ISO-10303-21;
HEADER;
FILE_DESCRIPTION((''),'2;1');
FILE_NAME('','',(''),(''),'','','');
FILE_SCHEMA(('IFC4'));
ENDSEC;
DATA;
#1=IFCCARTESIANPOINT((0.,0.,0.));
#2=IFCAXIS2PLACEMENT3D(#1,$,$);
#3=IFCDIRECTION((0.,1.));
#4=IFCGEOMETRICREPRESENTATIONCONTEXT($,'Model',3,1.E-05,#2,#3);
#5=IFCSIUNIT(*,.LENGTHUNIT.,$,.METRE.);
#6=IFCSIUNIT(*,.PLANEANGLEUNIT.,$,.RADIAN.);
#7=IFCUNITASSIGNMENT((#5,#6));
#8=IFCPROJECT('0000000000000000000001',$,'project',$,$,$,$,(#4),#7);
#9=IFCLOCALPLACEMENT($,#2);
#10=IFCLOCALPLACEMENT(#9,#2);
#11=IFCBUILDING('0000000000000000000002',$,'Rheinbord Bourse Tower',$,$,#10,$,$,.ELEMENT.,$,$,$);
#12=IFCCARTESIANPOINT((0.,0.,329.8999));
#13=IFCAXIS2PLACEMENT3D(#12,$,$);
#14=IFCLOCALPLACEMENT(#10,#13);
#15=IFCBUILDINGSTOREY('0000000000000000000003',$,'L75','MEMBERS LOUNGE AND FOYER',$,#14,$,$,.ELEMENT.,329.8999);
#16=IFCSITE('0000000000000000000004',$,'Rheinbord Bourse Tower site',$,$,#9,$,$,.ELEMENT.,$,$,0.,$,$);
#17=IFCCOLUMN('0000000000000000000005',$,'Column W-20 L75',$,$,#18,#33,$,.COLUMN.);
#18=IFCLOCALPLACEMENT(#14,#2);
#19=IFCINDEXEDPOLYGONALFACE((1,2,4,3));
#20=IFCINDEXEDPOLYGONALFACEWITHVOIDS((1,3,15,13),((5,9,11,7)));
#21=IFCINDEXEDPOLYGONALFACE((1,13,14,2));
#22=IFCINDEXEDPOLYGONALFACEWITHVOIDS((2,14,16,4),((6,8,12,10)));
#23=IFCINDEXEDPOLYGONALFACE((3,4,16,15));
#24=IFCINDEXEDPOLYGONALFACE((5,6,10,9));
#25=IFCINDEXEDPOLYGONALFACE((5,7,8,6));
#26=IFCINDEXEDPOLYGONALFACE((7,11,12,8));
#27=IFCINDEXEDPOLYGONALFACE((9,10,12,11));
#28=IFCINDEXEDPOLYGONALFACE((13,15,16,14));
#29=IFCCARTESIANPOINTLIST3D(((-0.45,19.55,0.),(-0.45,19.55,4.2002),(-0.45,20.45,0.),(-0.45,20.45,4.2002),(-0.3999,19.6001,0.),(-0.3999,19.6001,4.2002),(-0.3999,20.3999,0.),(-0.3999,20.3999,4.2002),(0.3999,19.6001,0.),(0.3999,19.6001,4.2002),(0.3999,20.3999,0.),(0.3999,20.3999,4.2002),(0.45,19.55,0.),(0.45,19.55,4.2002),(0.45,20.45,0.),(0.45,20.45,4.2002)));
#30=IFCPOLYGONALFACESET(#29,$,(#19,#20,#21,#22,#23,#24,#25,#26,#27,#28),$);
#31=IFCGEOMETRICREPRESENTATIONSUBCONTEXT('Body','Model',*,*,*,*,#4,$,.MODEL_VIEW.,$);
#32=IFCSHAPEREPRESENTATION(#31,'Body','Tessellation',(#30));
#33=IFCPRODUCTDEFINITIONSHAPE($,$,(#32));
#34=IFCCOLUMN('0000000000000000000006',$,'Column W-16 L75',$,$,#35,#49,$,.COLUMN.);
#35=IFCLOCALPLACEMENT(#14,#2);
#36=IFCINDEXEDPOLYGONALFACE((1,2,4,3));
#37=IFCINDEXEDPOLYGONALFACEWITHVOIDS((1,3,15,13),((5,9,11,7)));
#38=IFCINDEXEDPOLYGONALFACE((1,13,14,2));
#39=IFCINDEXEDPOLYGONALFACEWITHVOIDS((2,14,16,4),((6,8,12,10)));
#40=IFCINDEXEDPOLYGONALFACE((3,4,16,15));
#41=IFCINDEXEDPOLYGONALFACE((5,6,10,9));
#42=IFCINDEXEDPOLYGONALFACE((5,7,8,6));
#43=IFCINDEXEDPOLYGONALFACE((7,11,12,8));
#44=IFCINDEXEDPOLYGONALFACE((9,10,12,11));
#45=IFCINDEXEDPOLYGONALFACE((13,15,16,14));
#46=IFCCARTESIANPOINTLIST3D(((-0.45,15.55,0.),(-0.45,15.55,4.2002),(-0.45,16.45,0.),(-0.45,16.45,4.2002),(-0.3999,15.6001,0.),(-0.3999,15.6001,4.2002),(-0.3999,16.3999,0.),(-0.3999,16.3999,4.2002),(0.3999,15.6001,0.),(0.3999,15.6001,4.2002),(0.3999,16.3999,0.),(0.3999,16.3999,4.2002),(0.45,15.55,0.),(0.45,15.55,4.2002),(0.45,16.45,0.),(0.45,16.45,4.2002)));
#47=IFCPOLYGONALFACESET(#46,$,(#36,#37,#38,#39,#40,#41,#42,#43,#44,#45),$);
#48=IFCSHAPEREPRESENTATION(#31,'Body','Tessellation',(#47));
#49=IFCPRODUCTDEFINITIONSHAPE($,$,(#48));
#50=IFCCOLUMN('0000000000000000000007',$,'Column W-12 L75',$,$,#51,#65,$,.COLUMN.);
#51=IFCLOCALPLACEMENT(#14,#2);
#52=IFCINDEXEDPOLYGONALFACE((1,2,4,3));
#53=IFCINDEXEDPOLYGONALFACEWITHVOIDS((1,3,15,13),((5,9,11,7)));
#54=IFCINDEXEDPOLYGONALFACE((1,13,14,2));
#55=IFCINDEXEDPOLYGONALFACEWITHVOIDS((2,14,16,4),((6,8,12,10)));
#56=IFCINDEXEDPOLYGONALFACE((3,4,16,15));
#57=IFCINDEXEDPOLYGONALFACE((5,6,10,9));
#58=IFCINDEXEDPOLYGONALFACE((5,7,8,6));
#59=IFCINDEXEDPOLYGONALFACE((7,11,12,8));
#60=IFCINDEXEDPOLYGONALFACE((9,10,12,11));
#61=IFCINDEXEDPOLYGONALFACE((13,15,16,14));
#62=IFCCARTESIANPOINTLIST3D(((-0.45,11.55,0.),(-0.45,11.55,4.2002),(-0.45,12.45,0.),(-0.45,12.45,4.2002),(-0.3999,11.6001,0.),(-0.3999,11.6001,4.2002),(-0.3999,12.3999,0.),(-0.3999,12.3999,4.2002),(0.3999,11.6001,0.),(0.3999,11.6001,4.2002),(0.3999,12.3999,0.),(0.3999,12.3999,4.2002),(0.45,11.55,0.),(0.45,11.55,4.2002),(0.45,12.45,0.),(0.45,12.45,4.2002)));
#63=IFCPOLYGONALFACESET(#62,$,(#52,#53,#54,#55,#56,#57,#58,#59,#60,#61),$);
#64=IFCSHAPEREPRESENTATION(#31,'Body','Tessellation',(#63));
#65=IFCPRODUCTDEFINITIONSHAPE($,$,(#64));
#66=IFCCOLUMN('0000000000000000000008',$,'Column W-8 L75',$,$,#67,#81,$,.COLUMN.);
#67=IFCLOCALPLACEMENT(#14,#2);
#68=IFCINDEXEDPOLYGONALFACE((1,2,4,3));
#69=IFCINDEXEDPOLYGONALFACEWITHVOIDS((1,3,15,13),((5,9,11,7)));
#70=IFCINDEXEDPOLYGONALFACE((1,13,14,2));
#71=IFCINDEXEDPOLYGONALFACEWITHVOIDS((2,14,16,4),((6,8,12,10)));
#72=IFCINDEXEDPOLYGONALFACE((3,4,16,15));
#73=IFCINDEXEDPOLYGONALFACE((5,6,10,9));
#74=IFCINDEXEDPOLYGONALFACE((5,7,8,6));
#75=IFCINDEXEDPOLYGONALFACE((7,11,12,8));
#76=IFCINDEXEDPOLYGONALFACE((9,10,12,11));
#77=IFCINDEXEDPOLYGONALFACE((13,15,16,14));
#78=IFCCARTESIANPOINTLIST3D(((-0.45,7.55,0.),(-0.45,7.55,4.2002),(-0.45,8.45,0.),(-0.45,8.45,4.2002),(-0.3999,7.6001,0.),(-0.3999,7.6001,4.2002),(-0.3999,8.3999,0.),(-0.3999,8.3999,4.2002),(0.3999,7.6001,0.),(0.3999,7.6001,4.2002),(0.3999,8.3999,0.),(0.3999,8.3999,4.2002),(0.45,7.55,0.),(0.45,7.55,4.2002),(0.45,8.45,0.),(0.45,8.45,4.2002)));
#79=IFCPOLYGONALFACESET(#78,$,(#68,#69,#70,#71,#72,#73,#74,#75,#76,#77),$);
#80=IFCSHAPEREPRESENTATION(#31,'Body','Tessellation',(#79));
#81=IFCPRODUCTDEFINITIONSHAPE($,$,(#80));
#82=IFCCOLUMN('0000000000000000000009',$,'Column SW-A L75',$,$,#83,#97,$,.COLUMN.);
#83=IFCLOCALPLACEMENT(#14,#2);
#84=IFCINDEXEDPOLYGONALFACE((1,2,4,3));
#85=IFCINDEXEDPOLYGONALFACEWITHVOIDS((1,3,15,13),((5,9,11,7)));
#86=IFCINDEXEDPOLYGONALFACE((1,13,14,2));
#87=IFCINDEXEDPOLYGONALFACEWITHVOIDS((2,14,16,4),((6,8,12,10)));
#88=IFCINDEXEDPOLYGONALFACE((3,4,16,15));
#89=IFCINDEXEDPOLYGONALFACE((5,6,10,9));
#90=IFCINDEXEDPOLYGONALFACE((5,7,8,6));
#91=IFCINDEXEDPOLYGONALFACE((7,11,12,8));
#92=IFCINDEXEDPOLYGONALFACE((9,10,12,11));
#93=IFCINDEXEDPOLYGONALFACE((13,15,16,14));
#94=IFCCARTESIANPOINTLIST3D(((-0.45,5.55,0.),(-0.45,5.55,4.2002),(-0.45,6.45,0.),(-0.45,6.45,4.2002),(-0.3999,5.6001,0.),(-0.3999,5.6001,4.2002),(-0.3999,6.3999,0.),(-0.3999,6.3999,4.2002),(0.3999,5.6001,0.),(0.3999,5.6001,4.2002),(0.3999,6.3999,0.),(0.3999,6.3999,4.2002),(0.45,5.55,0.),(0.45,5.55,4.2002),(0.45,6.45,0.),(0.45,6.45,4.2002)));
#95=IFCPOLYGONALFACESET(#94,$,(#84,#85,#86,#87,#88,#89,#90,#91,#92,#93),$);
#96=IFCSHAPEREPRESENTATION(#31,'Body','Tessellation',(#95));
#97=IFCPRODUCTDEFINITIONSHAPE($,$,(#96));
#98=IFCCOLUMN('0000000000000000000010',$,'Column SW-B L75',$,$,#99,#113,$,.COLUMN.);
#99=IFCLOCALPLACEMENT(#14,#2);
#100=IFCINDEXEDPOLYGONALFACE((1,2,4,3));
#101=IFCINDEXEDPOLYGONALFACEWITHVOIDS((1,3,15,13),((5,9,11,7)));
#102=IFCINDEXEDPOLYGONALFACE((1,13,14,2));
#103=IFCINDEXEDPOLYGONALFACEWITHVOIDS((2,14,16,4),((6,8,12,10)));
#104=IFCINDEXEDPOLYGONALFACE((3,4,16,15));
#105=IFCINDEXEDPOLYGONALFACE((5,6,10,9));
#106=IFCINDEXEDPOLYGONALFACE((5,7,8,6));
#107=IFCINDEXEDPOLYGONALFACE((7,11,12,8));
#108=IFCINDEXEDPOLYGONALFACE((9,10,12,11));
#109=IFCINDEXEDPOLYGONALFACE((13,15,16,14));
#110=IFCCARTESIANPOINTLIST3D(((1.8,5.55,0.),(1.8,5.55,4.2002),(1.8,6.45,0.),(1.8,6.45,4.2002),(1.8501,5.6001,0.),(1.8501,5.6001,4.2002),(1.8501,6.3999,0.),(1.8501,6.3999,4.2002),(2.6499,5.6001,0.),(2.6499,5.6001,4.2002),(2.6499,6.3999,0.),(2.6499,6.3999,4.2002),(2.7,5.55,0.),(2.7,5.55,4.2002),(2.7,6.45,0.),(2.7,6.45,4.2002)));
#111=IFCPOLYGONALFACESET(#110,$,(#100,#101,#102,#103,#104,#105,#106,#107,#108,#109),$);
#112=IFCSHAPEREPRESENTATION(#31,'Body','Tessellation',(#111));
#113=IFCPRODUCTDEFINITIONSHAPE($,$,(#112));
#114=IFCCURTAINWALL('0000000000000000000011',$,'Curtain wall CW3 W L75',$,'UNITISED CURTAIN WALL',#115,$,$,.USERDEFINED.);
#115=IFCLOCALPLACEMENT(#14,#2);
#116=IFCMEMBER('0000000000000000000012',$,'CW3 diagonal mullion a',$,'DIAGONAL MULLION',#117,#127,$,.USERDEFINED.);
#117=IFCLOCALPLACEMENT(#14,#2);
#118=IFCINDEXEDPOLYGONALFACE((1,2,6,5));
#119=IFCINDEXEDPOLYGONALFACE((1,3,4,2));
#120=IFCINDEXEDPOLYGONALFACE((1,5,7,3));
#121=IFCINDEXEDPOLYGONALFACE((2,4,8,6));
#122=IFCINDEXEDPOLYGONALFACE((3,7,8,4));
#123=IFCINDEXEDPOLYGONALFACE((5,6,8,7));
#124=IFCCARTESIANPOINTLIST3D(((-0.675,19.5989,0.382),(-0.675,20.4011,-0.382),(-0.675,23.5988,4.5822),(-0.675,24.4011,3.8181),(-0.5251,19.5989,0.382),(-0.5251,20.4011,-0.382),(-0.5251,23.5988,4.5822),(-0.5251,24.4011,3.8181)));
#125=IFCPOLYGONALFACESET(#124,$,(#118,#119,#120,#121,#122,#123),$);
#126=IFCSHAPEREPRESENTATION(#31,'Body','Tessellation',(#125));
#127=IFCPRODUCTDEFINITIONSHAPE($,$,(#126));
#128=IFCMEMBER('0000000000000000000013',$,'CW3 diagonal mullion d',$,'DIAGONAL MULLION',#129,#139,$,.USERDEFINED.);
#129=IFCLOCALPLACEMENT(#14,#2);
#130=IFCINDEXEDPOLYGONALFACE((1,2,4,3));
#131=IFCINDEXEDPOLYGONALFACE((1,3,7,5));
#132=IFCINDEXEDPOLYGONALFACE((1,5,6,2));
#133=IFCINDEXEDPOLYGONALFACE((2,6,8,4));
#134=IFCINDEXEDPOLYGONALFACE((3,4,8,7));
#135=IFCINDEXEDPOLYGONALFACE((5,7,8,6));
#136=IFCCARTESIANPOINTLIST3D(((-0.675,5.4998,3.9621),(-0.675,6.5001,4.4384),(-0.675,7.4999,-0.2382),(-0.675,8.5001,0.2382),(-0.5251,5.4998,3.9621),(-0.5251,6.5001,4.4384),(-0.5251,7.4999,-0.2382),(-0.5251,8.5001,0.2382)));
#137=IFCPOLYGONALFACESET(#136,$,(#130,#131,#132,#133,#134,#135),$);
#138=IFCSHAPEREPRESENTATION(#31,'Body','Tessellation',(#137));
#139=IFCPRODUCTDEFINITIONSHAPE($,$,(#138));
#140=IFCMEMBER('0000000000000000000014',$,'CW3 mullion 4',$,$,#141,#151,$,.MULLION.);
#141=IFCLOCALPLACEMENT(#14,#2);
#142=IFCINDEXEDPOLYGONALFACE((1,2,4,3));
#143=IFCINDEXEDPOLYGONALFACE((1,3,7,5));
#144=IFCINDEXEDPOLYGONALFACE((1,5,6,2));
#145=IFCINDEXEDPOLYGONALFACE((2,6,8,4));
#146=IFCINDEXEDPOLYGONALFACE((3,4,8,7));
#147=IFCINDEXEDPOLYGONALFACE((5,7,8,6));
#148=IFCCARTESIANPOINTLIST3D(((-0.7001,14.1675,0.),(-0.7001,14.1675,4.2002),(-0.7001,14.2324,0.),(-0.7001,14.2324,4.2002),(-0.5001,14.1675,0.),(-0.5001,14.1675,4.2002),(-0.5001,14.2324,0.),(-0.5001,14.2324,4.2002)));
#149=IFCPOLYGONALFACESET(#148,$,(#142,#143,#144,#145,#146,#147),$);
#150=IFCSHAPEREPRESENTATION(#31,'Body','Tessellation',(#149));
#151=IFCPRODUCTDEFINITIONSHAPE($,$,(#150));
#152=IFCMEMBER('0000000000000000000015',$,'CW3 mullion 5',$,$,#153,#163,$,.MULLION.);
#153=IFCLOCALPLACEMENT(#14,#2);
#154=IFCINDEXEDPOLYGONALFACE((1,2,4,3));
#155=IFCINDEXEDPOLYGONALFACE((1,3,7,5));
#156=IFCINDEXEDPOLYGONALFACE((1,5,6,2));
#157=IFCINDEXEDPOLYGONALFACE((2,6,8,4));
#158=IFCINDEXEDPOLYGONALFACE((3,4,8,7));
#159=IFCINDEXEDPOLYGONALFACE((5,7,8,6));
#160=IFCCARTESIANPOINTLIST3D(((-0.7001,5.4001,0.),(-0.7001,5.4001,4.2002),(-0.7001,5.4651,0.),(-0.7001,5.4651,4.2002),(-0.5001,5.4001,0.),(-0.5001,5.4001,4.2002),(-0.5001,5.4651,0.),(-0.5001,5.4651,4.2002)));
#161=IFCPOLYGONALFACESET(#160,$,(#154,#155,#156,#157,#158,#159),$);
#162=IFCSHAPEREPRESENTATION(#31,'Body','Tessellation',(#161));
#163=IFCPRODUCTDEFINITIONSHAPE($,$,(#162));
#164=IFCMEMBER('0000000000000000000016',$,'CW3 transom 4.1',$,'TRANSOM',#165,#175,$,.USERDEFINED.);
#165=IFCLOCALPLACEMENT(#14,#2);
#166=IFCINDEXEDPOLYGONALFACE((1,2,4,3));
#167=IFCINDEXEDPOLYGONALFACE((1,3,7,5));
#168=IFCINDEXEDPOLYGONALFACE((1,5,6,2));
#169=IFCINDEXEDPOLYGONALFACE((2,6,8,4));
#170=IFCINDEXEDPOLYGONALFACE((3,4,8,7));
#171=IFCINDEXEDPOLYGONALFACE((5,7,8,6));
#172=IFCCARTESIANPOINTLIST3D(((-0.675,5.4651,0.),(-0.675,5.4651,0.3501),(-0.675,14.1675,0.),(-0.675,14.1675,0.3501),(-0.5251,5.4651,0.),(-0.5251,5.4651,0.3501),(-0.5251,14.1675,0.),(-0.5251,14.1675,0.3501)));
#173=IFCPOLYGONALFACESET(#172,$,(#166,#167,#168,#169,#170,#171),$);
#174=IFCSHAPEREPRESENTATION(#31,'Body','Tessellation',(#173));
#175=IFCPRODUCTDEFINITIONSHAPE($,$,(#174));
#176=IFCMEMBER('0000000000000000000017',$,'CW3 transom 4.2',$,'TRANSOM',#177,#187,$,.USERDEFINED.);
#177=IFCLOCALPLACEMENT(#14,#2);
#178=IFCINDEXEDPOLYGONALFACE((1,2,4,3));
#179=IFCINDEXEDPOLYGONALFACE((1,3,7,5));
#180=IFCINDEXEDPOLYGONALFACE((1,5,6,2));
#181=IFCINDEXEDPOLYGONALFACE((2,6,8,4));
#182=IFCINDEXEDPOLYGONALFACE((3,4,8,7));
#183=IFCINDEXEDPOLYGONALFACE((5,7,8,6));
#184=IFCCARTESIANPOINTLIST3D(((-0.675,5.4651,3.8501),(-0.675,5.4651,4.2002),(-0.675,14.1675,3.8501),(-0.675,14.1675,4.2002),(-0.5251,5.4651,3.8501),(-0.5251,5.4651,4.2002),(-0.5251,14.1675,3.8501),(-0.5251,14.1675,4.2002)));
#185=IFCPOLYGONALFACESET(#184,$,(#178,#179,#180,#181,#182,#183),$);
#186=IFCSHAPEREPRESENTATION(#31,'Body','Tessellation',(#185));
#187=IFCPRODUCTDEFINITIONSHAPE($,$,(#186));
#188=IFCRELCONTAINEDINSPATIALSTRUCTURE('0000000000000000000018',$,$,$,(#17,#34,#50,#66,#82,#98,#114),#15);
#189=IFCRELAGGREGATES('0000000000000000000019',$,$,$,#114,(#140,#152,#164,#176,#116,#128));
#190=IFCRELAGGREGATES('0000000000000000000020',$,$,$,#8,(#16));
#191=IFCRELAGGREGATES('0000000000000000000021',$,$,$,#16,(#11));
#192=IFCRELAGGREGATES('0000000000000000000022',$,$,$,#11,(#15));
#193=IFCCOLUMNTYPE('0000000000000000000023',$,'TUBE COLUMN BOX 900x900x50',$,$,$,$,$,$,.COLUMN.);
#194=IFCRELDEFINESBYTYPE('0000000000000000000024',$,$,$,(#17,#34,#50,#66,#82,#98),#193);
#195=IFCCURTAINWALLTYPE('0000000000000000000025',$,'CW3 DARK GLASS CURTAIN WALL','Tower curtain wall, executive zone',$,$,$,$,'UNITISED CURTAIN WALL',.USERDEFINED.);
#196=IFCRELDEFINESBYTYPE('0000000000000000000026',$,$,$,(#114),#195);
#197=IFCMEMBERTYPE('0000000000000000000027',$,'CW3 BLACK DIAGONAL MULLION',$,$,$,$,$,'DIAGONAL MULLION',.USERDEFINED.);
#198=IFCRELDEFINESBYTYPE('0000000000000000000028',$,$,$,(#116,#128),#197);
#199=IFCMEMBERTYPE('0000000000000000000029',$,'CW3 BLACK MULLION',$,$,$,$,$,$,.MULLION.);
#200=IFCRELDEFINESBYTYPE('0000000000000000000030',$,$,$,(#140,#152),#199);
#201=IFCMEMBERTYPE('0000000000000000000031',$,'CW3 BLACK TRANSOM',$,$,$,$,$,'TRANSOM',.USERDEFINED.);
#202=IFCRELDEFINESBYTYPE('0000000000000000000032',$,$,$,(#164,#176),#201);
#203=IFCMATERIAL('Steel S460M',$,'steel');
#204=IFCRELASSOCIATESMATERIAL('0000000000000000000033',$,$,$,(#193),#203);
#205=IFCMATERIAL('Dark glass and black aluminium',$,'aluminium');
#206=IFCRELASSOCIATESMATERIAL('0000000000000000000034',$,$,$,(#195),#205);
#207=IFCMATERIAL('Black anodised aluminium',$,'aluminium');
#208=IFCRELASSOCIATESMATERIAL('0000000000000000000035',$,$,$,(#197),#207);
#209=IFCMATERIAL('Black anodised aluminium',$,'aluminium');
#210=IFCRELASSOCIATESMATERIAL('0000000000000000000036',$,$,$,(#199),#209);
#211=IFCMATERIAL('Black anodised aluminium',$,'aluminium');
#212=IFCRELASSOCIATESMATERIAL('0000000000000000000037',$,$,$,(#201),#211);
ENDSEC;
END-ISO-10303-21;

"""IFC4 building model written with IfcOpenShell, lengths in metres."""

from ifc_helpers import new_model, si_unit, direction, frame, origin, origin_2d, place, context, subcontext, project, spatial, rectangle, hollow_rectangle, extrude, material, material_profile, profile_set, type_object, element, aggregate, save


model = new_model("IFC4")

# Units and contexts
model_context = context("Model", 3, precision=1e-05, world=origin(), true_north=direction((0.0, 1.0)))
body_context = subcontext(model_context, "Body", "Model", "MODEL_VIEW")
ifc_project = project(units=[si_unit("LENGTHUNIT", "METRE"), si_unit("PLANEANGLEUNIT", "RADIAN")], contexts=[model_context])

# Site, building, storey
site_placement = place(None, origin())
site = spatial("IfcSite", under=ifc_project, at=site_placement, Name="Rheinbord Bourse Tower site", CompositionType="ELEMENT", RefElevation=0.0)
building_placement = place(site_placement, origin())
building = spatial("IfcBuilding", under=site, at=building_placement, Name="Rheinbord Bourse Tower", CompositionType="ELEMENT")
storey_placement = place(building_placement, frame((0.0, 0.0, 329.8999)))
storey = spatial("IfcBuildingStorey", under=building, at=storey_placement, Name="L75", Description="MEMBERS LOUNGE AND FOYER", CompositionType="ELEMENT", Elevation=329.8999)

# Columns
ifc_material_1 = material(Name="Steel S460M", Category="steel")
ifc_material_profile_1 = material_profile(ifc_material_1, hollow_rectangle(XDim=0.8999, YDim=0.8999, WallThickness=0.05, at=origin_2d()), Name="BOX 900x900x50")
ifc_profile_set_1 = profile_set([ifc_material_profile_1], Name="Steel S460M")
column_type = type_object("IfcColumnType", Name="TUBE COLUMN BOX 900x900x50", PredefinedType="COLUMN", material=ifc_profile_set_1)
for number, where, z_axis, x_axis, name in (
    (1, (0.0, 20.0, 0.0), (0.0, 0.0, 1.0), (1.0, 0.0, 0.0), "Column W-20 L75"),
    (2, (0.0, 16.0, 0.0), (0.0, 0.0, 1.0), (1.0, 0.0, 0.0), "Column W-16 L75"),
    (3, (0.0, 12.0, 0.0), (0.0, 0.0, 1.0), (1.0, 0.0, 0.0), "Column W-12 L75"),
    (4, (0.0, 8.0, 0.0), (0.0, 0.0, 1.0), (1.0, 0.0, 0.0), "Column W-8 L75"),
    (5, (0.0, 6.0, 0.0), (0.0, 0.0, 1.0), (1.0, 0.0, 0.0), "Column SW-A L75"),
    (6, (2.25, 6.0, 0.0), (0.0, 0.0, 1.0), (1.0, 0.0, 0.0), "Column SW-B L75"),
):
    element("IfcColumn", number, at=place(storey_placement, frame(where, z_axis=z_axis, x_axis=x_axis)), inside=storey, type_object=column_type, Name=name, PredefinedType="COLUMN", context=body_context, shape_type="SweptSolid", body=[
        extrude(hollow_rectangle(XDim=0.8999, YDim=0.8999, WallThickness=0.05, at=origin_2d()), origin(), (0.0, 0.0, 1.0), 4.2002),
    ])

# Curtain wall, members
ifc_material_2 = material(Name="Dark glass and black aluminium", Category="aluminium")
curtain_wall_type = type_object("IfcCurtainWallType", Name="CW3 DARK GLASS CURTAIN WALL", Description="Tower curtain wall, executive zone", ElementType="UNITISED CURTAIN WALL", PredefinedType="USERDEFINED", material=ifc_material_2)
curtain_wall_placement = place(storey_placement, origin())
curtain_wall = element("IfcCurtainWall", 7, at=curtain_wall_placement, inside=storey, type_object=curtain_wall_type, Name="Curtain wall CW3 W L75", ObjectType="UNITISED CURTAIN WALL", PredefinedType="USERDEFINED")
ifc_material_3 = material(Name="Black anodised aluminium", Category="aluminium")
ifc_material_profile_2 = material_profile(ifc_material_3, rectangle(XDim=0.1499, YDim=1.1079, at=origin_2d()), Name="CW3 DIAGONAL MULLION 1108x150")
ifc_profile_set_2 = profile_set([ifc_material_profile_2], Name="Black anodised aluminium")
member_type_1 = type_object("IfcMemberType", Name="CW3 BLACK DIAGONAL MULLION", ElementType="DIAGONAL MULLION", PredefinedType="USERDEFINED", material=ifc_profile_set_2)
member_1_placement = place(storey_placement, frame((-0.6001, 20.0, 0.0), z_axis=(0.0, 0.689638, 0.724154), x_axis=(-1.0, 0.0, 0.0)))
member_1 = element("IfcMember", 8, at=member_1_placement, type_object=member_type_1, Name="CW3 diagonal mullion a", ObjectType="DIAGONAL MULLION", PredefinedType="USERDEFINED", context=body_context, shape_type="SweptSolid", body=[
    extrude(rectangle(XDim=0.1499, YDim=1.1079, at=origin_2d()), origin(), (0.0, 0.0, 1.0), 5.8),
])
member_2_placement = place(storey_placement, frame((-0.6001, 8.0, 0.0), z_axis=(0.0, -0.429917, 0.902868), x_axis=(1.0, 0.0, 0.0)))
member_2 = element("IfcMember", 9, at=member_2_placement, type_object=member_type_1, Name="CW3 diagonal mullion d", ObjectType="DIAGONAL MULLION", PredefinedType="USERDEFINED", context=body_context, shape_type="SweptSolid", body=[
    extrude(rectangle(XDim=0.1499, YDim=1.1079, at=origin_2d()), origin(), (0.0, 0.0, 1.0), 4.6521),
])
ifc_material_4 = material(Name="Black anodised aluminium", Category="aluminium")
ifc_material_profile_3 = material_profile(ifc_material_4, rectangle(XDim=0.2, YDim=0.0649, at=origin_2d()), Name="CW3 MULLION 65x200")
ifc_profile_set_3 = profile_set([ifc_material_profile_3], Name="Black anodised aluminium")
member_type_2 = type_object("IfcMemberType", Name="CW3 BLACK MULLION", PredefinedType="MULLION", material=ifc_profile_set_3)
member_3_placement = place(storey_placement, frame((-0.6001, 14.2, 0.0), z_axis=(0.0, 0.0, 1.0), x_axis=(1.0, 0.0, 0.0)))
member_3 = element("IfcMember", 10, at=member_3_placement, type_object=member_type_2, Name="CW3 mullion 4", PredefinedType="MULLION", context=body_context, shape_type="SweptSolid", body=[
    extrude(rectangle(XDim=0.2, YDim=0.0649, at=origin_2d()), origin(), (0.0, 0.0, 1.0), 4.2002),
])
member_4_placement = place(storey_placement, frame((-0.6001, 5.4326, 0.0), z_axis=(0.0, 0.0, 1.0), x_axis=(1.0, 0.0, 0.0)))
member_4 = element("IfcMember", 11, at=member_4_placement, type_object=member_type_2, Name="CW3 mullion 5", PredefinedType="MULLION", context=body_context, shape_type="SweptSolid", body=[
    extrude(rectangle(XDim=0.2, YDim=0.0649, at=origin_2d()), origin(), (0.0, 0.0, 1.0), 4.2002),
])
ifc_material_5 = material(Name="Black anodised aluminium", Category="aluminium")
ifc_material_profile_4 = material_profile(ifc_material_5, rectangle(XDim=0.1499, YDim=0.3501, at=origin_2d()), Name="CW3 TRANSOM 350x150")
ifc_profile_set_4 = profile_set([ifc_material_profile_4], Name="Black anodised aluminium")
member_type_3 = type_object("IfcMemberType", Name="CW3 BLACK TRANSOM", ElementType="TRANSOM", PredefinedType="USERDEFINED", material=ifc_profile_set_4)
member_5_placement = place(storey_placement, frame((-0.6001, 14.1675, 0.175), z_axis=(0.0, -1.0, 0.0), x_axis=(1.0, 0.0, 0.0)))
member_5 = element("IfcMember", 12, at=member_5_placement, type_object=member_type_3, Name="CW3 transom 4.1", ObjectType="TRANSOM", PredefinedType="USERDEFINED", context=body_context, shape_type="SweptSolid", body=[
    extrude(rectangle(XDim=0.1499, YDim=0.3501, at=origin_2d()), origin(), (0.0, 0.0, 1.0), 8.7024),
])
member_6_placement = place(storey_placement, frame((-0.6001, 14.1675, 4.0251), z_axis=(0.0, -1.0, 0.0), x_axis=(1.0, 0.0, 0.0)))
member_6 = element("IfcMember", 13, at=member_6_placement, type_object=member_type_3, Name="CW3 transom 4.2", ObjectType="TRANSOM", PredefinedType="USERDEFINED", context=body_context, shape_type="SweptSolid", body=[
    extrude(rectangle(XDim=0.1499, YDim=0.3501, at=origin_2d()), origin(), (0.0, 0.0, 1.0), 8.7024),
])

aggregate(curtain_wall, [member_3, member_4, member_5, member_6, member_1, member_2])

save(model, "model.ifc")
